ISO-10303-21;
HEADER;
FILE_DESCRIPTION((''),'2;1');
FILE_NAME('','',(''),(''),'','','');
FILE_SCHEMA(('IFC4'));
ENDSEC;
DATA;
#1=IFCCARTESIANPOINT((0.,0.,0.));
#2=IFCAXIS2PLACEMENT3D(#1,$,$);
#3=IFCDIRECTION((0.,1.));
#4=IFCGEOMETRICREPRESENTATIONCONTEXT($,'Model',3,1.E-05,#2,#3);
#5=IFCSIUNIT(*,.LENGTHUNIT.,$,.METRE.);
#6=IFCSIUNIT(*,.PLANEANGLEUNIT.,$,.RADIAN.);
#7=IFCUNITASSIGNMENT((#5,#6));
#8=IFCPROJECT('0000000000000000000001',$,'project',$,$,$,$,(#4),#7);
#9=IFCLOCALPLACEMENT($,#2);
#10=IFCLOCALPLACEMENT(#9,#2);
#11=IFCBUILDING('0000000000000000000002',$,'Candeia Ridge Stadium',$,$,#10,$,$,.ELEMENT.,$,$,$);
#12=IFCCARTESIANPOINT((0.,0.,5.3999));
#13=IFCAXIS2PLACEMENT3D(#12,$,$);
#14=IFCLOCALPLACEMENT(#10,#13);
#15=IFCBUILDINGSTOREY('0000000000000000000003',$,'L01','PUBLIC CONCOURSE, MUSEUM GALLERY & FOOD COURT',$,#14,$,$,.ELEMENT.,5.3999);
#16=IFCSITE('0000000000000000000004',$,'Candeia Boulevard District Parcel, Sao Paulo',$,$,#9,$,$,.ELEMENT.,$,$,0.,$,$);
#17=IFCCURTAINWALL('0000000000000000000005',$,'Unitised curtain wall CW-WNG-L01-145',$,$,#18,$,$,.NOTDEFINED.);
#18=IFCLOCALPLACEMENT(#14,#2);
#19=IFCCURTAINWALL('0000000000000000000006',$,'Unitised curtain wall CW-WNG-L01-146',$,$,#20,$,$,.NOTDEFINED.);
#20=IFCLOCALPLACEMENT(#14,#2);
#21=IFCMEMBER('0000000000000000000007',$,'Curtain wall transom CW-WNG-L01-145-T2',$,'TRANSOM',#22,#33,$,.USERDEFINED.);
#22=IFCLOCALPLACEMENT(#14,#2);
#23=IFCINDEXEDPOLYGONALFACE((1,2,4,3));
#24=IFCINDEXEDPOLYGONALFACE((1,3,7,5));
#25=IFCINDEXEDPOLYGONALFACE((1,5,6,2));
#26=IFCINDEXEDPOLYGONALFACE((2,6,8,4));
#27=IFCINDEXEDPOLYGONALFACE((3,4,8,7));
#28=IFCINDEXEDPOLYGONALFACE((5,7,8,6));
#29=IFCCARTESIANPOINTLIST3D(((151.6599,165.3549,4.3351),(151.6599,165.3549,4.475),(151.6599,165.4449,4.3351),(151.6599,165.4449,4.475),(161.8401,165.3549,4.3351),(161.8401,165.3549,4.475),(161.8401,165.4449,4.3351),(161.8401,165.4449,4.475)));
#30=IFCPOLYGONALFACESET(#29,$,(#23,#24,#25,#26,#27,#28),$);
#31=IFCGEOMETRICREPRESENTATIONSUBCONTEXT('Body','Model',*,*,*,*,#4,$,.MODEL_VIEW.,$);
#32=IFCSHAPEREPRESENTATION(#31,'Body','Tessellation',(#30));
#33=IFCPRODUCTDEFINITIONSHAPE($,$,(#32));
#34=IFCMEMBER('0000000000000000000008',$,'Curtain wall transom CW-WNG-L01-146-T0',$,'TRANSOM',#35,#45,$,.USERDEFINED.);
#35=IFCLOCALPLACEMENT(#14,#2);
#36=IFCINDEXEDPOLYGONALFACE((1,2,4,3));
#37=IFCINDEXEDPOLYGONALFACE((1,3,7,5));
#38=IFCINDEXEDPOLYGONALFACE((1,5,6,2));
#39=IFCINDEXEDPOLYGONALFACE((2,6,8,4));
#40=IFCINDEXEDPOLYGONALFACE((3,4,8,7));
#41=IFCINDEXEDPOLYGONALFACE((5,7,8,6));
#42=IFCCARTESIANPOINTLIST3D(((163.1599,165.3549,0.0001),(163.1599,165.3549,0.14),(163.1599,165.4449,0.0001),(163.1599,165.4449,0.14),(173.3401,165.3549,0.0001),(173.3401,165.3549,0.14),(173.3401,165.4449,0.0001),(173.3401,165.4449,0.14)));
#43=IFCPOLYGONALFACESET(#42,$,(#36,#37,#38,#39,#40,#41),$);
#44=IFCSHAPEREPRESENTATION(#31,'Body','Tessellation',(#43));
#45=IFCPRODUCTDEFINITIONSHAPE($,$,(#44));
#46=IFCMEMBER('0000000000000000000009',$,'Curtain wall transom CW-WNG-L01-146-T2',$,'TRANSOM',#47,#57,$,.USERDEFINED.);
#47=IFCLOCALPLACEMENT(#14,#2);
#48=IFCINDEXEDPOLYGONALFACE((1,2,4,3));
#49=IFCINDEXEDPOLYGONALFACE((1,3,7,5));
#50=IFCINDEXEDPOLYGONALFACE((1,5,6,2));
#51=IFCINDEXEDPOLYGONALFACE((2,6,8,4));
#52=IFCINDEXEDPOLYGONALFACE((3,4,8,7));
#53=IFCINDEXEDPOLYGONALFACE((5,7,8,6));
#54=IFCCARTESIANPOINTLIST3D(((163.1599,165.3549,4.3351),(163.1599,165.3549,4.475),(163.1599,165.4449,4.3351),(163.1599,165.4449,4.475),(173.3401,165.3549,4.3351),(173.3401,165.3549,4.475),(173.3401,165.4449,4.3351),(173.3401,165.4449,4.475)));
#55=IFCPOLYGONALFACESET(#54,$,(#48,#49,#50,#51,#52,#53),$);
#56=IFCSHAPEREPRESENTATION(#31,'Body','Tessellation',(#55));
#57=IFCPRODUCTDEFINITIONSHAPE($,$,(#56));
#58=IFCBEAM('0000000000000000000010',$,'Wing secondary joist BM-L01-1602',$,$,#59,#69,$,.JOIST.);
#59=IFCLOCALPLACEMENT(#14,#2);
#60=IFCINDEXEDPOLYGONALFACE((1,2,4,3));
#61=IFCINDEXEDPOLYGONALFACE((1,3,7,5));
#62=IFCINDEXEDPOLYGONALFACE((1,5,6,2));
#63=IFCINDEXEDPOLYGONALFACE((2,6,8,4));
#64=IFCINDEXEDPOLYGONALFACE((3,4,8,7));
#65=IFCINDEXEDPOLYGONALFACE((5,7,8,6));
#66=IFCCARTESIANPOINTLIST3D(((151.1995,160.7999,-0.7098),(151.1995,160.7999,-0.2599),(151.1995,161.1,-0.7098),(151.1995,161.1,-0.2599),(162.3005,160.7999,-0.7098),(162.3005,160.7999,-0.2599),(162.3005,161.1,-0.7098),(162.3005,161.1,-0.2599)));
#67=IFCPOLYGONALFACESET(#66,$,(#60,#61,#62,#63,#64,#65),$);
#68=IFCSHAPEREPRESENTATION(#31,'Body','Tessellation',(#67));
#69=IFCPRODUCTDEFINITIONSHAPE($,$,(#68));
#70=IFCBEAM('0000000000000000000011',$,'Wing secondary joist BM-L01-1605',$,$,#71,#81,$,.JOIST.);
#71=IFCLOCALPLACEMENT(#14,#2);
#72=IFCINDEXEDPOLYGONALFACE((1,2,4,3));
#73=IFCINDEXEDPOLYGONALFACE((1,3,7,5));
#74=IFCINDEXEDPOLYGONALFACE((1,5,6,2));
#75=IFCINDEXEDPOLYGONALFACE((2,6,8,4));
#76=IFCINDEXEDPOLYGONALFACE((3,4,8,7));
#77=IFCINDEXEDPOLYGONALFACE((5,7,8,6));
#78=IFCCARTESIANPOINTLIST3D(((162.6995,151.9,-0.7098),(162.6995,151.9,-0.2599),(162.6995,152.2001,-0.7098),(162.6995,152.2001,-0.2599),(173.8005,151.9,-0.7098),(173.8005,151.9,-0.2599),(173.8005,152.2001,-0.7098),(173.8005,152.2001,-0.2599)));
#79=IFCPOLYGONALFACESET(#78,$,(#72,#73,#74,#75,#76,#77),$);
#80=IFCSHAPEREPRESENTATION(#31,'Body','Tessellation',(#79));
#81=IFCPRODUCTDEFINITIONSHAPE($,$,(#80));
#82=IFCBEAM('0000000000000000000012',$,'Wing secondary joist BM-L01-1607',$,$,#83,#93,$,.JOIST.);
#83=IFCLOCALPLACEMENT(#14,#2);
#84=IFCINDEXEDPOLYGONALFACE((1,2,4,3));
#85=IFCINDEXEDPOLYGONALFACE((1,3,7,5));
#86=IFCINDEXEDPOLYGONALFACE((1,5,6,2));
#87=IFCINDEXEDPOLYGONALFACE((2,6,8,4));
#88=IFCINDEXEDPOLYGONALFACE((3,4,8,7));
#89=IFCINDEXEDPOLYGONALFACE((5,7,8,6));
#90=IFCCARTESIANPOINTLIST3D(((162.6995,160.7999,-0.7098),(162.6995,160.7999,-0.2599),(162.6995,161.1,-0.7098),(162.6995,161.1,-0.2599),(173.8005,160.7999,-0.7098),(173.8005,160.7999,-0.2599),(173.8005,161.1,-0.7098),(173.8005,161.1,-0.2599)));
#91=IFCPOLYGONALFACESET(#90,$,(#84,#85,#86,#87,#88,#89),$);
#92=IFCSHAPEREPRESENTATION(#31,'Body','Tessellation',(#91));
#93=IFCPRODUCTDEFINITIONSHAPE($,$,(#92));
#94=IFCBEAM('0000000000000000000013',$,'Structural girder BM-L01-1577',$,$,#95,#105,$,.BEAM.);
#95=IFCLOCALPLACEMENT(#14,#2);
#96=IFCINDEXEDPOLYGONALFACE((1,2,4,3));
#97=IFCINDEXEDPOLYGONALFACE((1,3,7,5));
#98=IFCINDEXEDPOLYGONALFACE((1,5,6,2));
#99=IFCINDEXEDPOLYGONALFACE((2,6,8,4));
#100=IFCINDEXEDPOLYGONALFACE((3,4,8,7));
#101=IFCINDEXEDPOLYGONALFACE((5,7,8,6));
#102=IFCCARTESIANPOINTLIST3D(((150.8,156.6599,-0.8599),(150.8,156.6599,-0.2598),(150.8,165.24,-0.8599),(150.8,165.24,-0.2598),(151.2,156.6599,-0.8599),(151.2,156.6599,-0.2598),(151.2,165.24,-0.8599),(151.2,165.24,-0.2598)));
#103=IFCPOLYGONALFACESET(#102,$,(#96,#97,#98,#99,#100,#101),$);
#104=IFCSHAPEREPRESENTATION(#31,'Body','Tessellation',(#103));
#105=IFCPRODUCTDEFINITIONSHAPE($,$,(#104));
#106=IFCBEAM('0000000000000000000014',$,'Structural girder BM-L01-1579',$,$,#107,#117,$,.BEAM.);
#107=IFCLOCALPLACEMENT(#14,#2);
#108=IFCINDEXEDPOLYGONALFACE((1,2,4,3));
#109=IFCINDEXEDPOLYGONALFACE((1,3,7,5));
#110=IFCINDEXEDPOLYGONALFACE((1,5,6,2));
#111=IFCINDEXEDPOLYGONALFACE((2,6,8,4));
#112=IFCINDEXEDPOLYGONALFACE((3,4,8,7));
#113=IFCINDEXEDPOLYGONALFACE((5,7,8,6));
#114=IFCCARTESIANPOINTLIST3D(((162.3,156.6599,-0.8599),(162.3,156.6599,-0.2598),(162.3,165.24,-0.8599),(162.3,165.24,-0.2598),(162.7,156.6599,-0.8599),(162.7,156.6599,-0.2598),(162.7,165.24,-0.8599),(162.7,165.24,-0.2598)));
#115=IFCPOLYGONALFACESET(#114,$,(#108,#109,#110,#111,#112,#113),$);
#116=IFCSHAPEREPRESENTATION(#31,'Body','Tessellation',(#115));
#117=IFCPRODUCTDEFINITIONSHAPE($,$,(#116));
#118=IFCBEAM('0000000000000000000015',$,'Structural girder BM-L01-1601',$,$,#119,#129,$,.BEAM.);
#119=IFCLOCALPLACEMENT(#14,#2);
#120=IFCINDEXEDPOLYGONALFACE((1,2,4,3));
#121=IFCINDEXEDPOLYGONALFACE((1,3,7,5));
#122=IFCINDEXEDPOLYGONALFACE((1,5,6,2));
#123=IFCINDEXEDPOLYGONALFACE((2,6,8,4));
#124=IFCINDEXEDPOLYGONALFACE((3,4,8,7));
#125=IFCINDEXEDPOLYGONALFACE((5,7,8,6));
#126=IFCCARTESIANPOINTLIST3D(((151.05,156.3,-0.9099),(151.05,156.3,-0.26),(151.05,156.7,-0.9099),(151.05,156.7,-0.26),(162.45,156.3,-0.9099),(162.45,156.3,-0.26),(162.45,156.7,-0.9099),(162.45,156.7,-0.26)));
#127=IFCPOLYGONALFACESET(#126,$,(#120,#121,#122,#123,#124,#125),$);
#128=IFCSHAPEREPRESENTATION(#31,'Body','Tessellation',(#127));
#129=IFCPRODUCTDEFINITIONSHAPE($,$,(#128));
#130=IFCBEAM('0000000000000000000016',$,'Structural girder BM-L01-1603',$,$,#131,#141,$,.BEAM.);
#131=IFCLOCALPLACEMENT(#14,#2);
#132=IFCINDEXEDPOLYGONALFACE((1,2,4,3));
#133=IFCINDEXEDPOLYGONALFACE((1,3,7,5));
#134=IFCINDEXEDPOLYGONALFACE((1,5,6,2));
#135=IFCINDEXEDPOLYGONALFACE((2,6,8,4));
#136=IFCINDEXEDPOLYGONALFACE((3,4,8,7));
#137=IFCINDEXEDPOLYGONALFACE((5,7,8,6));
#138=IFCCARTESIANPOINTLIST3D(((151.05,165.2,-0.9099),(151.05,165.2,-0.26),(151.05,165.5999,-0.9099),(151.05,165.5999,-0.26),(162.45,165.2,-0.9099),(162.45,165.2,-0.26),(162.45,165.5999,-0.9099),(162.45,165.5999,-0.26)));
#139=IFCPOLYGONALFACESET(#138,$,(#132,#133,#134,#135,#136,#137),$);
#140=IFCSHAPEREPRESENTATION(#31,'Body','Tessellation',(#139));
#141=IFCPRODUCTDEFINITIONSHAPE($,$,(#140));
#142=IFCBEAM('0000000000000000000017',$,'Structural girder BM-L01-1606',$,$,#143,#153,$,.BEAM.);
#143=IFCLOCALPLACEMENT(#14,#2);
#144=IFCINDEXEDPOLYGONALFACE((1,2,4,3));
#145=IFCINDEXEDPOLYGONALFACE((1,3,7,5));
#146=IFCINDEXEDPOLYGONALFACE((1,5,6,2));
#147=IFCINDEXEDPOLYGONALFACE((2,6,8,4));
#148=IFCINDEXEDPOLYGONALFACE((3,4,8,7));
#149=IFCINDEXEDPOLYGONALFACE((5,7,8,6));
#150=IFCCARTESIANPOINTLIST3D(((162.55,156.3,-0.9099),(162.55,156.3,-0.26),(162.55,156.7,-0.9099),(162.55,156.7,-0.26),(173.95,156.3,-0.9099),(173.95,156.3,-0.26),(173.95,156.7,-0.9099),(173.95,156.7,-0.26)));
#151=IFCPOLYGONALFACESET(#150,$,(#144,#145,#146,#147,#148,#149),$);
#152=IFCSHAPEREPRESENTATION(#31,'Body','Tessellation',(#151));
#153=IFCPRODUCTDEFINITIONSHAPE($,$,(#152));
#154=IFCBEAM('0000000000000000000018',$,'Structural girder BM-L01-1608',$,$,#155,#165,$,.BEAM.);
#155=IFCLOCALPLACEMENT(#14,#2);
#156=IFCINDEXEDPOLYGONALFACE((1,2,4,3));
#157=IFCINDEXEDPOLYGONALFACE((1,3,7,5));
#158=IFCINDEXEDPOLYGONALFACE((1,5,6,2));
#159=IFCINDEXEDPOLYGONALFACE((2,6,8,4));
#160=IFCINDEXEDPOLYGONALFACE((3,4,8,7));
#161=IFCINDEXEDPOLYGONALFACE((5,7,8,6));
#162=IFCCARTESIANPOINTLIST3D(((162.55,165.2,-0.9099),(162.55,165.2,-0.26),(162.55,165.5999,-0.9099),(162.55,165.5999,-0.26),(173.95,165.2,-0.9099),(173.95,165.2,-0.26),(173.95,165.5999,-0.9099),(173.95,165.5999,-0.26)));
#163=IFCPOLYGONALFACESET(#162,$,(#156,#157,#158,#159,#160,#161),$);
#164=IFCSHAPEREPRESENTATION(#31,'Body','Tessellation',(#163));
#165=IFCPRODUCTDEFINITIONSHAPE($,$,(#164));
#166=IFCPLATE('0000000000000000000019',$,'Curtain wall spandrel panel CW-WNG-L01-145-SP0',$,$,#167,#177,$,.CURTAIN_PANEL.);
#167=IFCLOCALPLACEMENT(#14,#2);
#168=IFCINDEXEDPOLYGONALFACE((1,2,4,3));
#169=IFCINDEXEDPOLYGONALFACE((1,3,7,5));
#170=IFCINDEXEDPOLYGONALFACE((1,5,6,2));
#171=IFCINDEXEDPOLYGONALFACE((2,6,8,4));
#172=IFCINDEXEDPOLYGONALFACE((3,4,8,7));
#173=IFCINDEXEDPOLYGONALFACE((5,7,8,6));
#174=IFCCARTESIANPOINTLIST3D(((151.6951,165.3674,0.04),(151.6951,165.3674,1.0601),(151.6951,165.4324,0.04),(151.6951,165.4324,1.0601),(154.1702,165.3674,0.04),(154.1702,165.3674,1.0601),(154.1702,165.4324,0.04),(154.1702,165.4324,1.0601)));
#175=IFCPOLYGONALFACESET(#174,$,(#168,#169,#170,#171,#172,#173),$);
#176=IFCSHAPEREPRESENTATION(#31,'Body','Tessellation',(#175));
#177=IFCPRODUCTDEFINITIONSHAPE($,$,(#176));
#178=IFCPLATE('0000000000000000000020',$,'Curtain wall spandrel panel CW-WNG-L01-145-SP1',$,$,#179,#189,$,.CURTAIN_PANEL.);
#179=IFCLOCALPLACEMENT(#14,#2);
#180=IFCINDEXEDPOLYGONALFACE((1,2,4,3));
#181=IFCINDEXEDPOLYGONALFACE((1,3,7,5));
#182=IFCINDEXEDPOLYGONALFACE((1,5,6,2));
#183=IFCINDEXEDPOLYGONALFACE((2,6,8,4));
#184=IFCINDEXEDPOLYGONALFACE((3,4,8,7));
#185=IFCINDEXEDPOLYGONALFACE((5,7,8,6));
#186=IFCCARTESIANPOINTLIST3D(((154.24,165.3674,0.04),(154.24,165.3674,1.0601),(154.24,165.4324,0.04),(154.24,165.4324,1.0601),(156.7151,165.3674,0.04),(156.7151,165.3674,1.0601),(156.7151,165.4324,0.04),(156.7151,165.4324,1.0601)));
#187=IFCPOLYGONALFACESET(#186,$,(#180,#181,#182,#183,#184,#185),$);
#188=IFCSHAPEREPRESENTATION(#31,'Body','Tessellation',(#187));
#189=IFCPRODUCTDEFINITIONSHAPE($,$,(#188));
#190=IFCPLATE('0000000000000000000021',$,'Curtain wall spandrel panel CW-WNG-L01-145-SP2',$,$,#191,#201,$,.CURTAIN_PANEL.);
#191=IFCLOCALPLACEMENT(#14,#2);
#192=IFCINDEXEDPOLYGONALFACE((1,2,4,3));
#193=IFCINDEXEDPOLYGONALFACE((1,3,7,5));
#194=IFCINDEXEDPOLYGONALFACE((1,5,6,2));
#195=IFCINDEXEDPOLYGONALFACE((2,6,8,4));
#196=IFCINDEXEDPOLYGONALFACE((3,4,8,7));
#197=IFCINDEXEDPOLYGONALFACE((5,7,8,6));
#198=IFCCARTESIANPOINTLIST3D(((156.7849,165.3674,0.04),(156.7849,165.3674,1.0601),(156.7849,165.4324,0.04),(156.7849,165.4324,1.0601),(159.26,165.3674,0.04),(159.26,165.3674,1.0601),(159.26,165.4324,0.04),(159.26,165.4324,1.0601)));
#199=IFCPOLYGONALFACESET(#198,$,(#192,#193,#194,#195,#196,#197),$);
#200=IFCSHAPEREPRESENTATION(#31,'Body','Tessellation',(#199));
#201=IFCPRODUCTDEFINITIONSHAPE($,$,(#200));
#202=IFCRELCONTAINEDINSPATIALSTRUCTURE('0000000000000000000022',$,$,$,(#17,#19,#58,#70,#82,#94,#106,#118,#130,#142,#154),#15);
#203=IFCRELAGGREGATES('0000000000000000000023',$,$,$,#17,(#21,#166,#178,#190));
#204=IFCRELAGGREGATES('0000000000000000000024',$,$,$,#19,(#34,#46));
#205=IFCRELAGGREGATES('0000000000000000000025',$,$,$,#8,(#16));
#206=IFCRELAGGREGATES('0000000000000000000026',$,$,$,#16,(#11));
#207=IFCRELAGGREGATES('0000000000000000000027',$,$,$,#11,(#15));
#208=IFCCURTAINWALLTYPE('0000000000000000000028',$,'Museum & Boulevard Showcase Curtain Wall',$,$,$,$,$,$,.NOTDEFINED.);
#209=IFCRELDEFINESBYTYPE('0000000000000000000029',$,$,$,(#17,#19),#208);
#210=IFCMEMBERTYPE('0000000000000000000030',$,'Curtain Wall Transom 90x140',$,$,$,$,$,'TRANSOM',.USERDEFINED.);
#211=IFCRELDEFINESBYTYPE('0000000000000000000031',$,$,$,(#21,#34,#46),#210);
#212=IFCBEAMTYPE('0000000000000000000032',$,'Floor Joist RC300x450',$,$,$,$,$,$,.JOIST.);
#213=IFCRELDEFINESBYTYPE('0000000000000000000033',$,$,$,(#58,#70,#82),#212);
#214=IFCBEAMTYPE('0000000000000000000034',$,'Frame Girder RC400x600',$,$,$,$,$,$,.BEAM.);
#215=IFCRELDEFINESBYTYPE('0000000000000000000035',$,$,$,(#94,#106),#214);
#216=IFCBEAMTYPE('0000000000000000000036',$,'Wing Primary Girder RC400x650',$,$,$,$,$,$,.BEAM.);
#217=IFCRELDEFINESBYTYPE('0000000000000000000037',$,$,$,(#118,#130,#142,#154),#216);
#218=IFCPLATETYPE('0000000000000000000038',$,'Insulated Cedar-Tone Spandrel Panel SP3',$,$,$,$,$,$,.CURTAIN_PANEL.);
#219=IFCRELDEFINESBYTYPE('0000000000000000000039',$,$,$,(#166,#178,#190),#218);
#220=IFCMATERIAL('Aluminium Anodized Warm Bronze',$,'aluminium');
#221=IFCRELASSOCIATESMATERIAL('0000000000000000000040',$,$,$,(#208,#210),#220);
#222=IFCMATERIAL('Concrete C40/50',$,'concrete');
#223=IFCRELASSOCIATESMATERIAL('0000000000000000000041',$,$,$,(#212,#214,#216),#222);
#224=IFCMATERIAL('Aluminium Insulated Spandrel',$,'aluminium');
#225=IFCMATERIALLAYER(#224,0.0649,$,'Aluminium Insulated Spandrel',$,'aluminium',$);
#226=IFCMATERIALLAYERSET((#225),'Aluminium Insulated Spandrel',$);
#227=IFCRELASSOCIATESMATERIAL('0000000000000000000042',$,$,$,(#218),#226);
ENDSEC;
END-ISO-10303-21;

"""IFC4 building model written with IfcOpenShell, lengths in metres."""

from ifc_helpers import new_model, si_unit, direction, frame, origin, origin_2d, place, context, subcontext, project, spatial, rectangle, extrude, material, layer, layer_set, material_profile, profile_set, type_object, element, aggregate, save


model = new_model("IFC4")

# Units and contexts
model_context = context("Model", 3, precision=1e-05, world=origin(), true_north=direction((0.0, 1.0)))
body_context = subcontext(model_context, "Body", "Model", "MODEL_VIEW")
ifc_project = project(units=[si_unit("LENGTHUNIT", "METRE"), si_unit("PLANEANGLEUNIT", "RADIAN")], contexts=[model_context])

# Site, building, storey
site_placement = place(None, origin())
site = spatial("IfcSite", under=ifc_project, at=site_placement, Name="Candeia Boulevard District Parcel, Sao Paulo", CompositionType="ELEMENT", RefElevation=0.0)
building_placement = place(site_placement, origin())
building = spatial("IfcBuilding", under=site, at=building_placement, Name="Candeia Ridge Stadium", CompositionType="ELEMENT")
storey_placement = place(building_placement, frame((0.0, 0.0, 5.3999)))
storey = spatial("IfcBuildingStorey", under=building, at=storey_placement, Name="L01", Description="PUBLIC CONCOURSE, MUSEUM GALLERY & FOOD COURT", CompositionType="ELEMENT", Elevation=5.3999)

# Shared definitions
ifc_material_1 = material(Name="Concrete C40/50", Category="concrete")

# Curtain wall
ifc_material_2 = material(Name="Aluminium Anodized Warm Bronze", Category="aluminium")
curtain_wall_type = type_object("IfcCurtainWallType", Name="Museum & Boulevard Showcase Curtain Wall", PredefinedType="NOTDEFINED", material=ifc_material_2)
curtain_wall_1_placement = place(storey_placement, origin())
curtain_wall_1 = element("IfcCurtainWall", 1, at=curtain_wall_1_placement, inside=storey, type_object=curtain_wall_type, Name="Unitised curtain wall CW-WNG-L01-145", PredefinedType="NOTDEFINED")

# Curtain wall
curtain_wall_2_placement = place(storey_placement, origin())
curtain_wall_2 = element("IfcCurtainWall", 2, at=curtain_wall_2_placement, inside=storey, type_object=curtain_wall_type, Name="Unitised curtain wall CW-WNG-L01-146", PredefinedType="NOTDEFINED")

# Members
ifc_material_profile_1 = material_profile(ifc_material_2, rectangle(XDim=0.0901, YDim=0.1399, at=origin_2d()), Name="CWT-90x140", Category="aluminium")
ifc_profile_set_1 = profile_set([ifc_material_profile_1], Name="Aluminium Anodized Warm Bronze")
member_type_1 = type_object("IfcMemberType", Name="Curtain Wall Transom 90x140", ElementType="TRANSOM", PredefinedType="USERDEFINED", material=ifc_profile_set_1)
member_1_placement = place(storey_placement, frame((151.6599, 165.3999, 4.405), z_axis=(1.0, 0.0, 0.0), x_axis=(0.0, 1.0, 0.0)))
member_1 = element("IfcMember", 3, at=member_1_placement, type_object=member_type_1, Name="Curtain wall transom CW-WNG-L01-145-T2", ObjectType="TRANSOM", PredefinedType="USERDEFINED", context=body_context, shape_type="SweptSolid", body=[
    extrude(rectangle(XDim=0.0901, YDim=0.1399, at=origin_2d()), origin(), (0.0, 0.0, 1.0), 10.1802),
])
member_2_placement = place(storey_placement, frame((163.1599, 165.3999, 0.0701), z_axis=(1.0, 0.0, 0.0), x_axis=(0.0, 1.0, 0.0)))
member_2 = element("IfcMember", 4, at=member_2_placement, type_object=member_type_1, Name="Curtain wall transom CW-WNG-L01-146-T0", ObjectType="TRANSOM", PredefinedType="USERDEFINED", context=body_context, shape_type="SweptSolid", body=[
    extrude(rectangle(XDim=0.0901, YDim=0.1399, at=origin_2d()), origin(), (0.0, 0.0, 1.0), 10.1802),
])
member_3_placement = place(storey_placement, frame((163.1599, 165.3999, 4.405), z_axis=(1.0, 0.0, 0.0), x_axis=(0.0, 1.0, 0.0)))
member_3 = element("IfcMember", 5, at=member_3_placement, type_object=member_type_1, Name="Curtain wall transom CW-WNG-L01-146-T2", ObjectType="TRANSOM", PredefinedType="USERDEFINED", context=body_context, shape_type="SweptSolid", body=[
    extrude(rectangle(XDim=0.0901, YDim=0.1399, at=origin_2d()), origin(), (0.0, 0.0, 1.0), 10.1802),
])

# Beams
ifc_material_profile_2 = material_profile(ifc_material_1, rectangle(XDim=0.3, YDim=0.45, at=origin_2d()), Name="RC300x450", Category="concrete")
ifc_profile_set_2 = profile_set([ifc_material_profile_2], Name="Concrete C40/50")
beam_type_1 = type_object("IfcBeamType", Name="Floor Joist RC300x450", PredefinedType="JOIST", material=ifc_profile_set_2)
for number, where, z_axis, x_axis, name in (
    (6, (151.1995, 160.95, -0.4849), (1.0, 0.0, 0.0), (0.0, 1.0, 0.0), "Wing secondary joist BM-L01-1602"),
    (7, (162.6995, 152.05, -0.4849), (1.0, 0.0, 0.0), (0.0, 1.0, 0.0), "Wing secondary joist BM-L01-1605"),
    (8, (162.6995, 160.95, -0.4849), (1.0, 0.0, 0.0), (0.0, 1.0, 0.0), "Wing secondary joist BM-L01-1607"),
):
    element("IfcBeam", number, at=place(storey_placement, frame(where, z_axis=z_axis, x_axis=x_axis)), inside=storey, type_object=beam_type_1, Name=name, PredefinedType="JOIST", context=body_context, shape_type="SweptSolid", body=[
        extrude(rectangle(XDim=0.3, YDim=0.45, at=origin_2d()), origin(), (0.0, 0.0, 1.0), 11.1011),
    ])
ifc_material_profile_3 = material_profile(ifc_material_1, rectangle(XDim=0.3999, YDim=0.6001, at=origin_2d()), Name="RC400x600", Category="concrete")
ifc_profile_set_3 = profile_set([ifc_material_profile_3], Name="Concrete C40/50")
beam_type_2 = type_object("IfcBeamType", Name="Frame Girder RC400x600", PredefinedType="BEAM", material=ifc_profile_set_3)
for number, where, z_axis, x_axis, name in (
    (9, (151.0, 156.6599, -0.5598), (0.0, 1.0, 0.0), (-1.0, 0.0, 0.0), "Structural girder BM-L01-1577"),
    (10, (162.5, 156.6599, -0.5598), (0.0, 1.0, 0.0), (-1.0, 0.0, 0.0), "Structural girder BM-L01-1579"),
):
    element("IfcBeam", number, at=place(storey_placement, frame(where, z_axis=z_axis, x_axis=x_axis)), inside=storey, type_object=beam_type_2, Name=name, PredefinedType="BEAM", context=body_context, shape_type="SweptSolid", body=[
        extrude(rectangle(XDim=0.3999, YDim=0.6001, at=origin_2d()), origin(), (0.0, 0.0, 1.0), 8.5801),
    ])
ifc_material_profile_4 = material_profile(ifc_material_1, rectangle(XDim=0.3999, YDim=0.6499, at=origin_2d()), Name="RC400x650", Category="concrete")
ifc_profile_set_4 = profile_set([ifc_material_profile_4], Name="Concrete C40/50")
beam_type_3 = type_object("IfcBeamType", Name="Wing Primary Girder RC400x650", PredefinedType="BEAM", material=ifc_profile_set_4)
for number, where, z_axis, x_axis, name in (
    (11, (151.05, 156.5, -0.585), (1.0, 0.0, 0.0), (0.0, 1.0, 0.0), "Structural girder BM-L01-1601"),
    (12, (151.05, 165.3999, -0.585), (1.0, 0.0, 0.0), (0.0, 1.0, 0.0), "Structural girder BM-L01-1603"),
    (13, (162.55, 156.5, -0.585), (1.0, 0.0, 0.0), (0.0, 1.0, 0.0), "Structural girder BM-L01-1606"),
    (14, (162.55, 165.3999, -0.585), (1.0, 0.0, 0.0), (0.0, 1.0, 0.0), "Structural girder BM-L01-1608"),
):
    element("IfcBeam", number, at=place(storey_placement, frame(where, z_axis=z_axis, x_axis=x_axis)), inside=storey, type_object=beam_type_3, Name=name, PredefinedType="BEAM", context=body_context, shape_type="SweptSolid", body=[
        extrude(rectangle(XDim=0.3999, YDim=0.6499, at=origin_2d()), origin(), (0.0, 0.0, 1.0), 11.3999),
    ])

# Plates
ifc_material_3 = material(Name="Aluminium Insulated Spandrel", Category="aluminium")
ifc_layer_1 = layer(ifc_material_3, 0.0649, Name="Aluminium Insulated Spandrel", Category="aluminium")
ifc_layer_set_1 = layer_set([ifc_layer_1], Name="Aluminium Insulated Spandrel")
plate_type_1 = type_object("IfcPlateType", Name="Insulated Cedar-Tone Spandrel Panel SP3", PredefinedType="CURTAIN_PANEL", material=ifc_layer_set_1)
plate_1_placement = place(storey_placement, frame((152.9326, 165.3999, 0.04), z_axis=(0.0, 0.0, 1.0), x_axis=(1.0, 0.0, 0.0)))
plate_1 = element("IfcPlate", 15, at=plate_1_placement, type_object=plate_type_1, Name="Curtain wall spandrel panel CW-WNG-L01-145-SP0", PredefinedType="CURTAIN_PANEL", context=body_context, shape_type="SweptSolid", body=[
    extrude(rectangle(XDim=2.4751, YDim=0.0649, at=origin_2d()), origin(), (0.0, 0.0, 1.0), 1.02),
])
plate_2_placement = place(storey_placement, frame((155.4775, 165.3999, 0.04), z_axis=(0.0, 0.0, 1.0), x_axis=(1.0, 0.0, 0.0)))
plate_2 = element("IfcPlate", 16, at=plate_2_placement, type_object=plate_type_1, Name="Curtain wall spandrel panel CW-WNG-L01-145-SP1", PredefinedType="CURTAIN_PANEL", context=body_context, shape_type="SweptSolid", body=[
    extrude(rectangle(XDim=2.4751, YDim=0.0649, at=origin_2d()), origin(), (0.0, 0.0, 1.0), 1.02),
])
plate_3_placement = place(storey_placement, frame((158.0225, 165.3999, 0.04), z_axis=(0.0, 0.0, 1.0), x_axis=(1.0, 0.0, 0.0)))
plate_3 = element("IfcPlate", 17, at=plate_3_placement, type_object=plate_type_1, Name="Curtain wall spandrel panel CW-WNG-L01-145-SP2", PredefinedType="CURTAIN_PANEL", context=body_context, shape_type="SweptSolid", body=[
    extrude(rectangle(XDim=2.4751, YDim=0.0649, at=origin_2d()), origin(), (0.0, 0.0, 1.0), 1.02),
])
aggregate(curtain_wall_1, [member_1, plate_1, plate_2, plate_3])
aggregate(curtain_wall_2, [member_2, member_3])

save(model, "model.ifc")
